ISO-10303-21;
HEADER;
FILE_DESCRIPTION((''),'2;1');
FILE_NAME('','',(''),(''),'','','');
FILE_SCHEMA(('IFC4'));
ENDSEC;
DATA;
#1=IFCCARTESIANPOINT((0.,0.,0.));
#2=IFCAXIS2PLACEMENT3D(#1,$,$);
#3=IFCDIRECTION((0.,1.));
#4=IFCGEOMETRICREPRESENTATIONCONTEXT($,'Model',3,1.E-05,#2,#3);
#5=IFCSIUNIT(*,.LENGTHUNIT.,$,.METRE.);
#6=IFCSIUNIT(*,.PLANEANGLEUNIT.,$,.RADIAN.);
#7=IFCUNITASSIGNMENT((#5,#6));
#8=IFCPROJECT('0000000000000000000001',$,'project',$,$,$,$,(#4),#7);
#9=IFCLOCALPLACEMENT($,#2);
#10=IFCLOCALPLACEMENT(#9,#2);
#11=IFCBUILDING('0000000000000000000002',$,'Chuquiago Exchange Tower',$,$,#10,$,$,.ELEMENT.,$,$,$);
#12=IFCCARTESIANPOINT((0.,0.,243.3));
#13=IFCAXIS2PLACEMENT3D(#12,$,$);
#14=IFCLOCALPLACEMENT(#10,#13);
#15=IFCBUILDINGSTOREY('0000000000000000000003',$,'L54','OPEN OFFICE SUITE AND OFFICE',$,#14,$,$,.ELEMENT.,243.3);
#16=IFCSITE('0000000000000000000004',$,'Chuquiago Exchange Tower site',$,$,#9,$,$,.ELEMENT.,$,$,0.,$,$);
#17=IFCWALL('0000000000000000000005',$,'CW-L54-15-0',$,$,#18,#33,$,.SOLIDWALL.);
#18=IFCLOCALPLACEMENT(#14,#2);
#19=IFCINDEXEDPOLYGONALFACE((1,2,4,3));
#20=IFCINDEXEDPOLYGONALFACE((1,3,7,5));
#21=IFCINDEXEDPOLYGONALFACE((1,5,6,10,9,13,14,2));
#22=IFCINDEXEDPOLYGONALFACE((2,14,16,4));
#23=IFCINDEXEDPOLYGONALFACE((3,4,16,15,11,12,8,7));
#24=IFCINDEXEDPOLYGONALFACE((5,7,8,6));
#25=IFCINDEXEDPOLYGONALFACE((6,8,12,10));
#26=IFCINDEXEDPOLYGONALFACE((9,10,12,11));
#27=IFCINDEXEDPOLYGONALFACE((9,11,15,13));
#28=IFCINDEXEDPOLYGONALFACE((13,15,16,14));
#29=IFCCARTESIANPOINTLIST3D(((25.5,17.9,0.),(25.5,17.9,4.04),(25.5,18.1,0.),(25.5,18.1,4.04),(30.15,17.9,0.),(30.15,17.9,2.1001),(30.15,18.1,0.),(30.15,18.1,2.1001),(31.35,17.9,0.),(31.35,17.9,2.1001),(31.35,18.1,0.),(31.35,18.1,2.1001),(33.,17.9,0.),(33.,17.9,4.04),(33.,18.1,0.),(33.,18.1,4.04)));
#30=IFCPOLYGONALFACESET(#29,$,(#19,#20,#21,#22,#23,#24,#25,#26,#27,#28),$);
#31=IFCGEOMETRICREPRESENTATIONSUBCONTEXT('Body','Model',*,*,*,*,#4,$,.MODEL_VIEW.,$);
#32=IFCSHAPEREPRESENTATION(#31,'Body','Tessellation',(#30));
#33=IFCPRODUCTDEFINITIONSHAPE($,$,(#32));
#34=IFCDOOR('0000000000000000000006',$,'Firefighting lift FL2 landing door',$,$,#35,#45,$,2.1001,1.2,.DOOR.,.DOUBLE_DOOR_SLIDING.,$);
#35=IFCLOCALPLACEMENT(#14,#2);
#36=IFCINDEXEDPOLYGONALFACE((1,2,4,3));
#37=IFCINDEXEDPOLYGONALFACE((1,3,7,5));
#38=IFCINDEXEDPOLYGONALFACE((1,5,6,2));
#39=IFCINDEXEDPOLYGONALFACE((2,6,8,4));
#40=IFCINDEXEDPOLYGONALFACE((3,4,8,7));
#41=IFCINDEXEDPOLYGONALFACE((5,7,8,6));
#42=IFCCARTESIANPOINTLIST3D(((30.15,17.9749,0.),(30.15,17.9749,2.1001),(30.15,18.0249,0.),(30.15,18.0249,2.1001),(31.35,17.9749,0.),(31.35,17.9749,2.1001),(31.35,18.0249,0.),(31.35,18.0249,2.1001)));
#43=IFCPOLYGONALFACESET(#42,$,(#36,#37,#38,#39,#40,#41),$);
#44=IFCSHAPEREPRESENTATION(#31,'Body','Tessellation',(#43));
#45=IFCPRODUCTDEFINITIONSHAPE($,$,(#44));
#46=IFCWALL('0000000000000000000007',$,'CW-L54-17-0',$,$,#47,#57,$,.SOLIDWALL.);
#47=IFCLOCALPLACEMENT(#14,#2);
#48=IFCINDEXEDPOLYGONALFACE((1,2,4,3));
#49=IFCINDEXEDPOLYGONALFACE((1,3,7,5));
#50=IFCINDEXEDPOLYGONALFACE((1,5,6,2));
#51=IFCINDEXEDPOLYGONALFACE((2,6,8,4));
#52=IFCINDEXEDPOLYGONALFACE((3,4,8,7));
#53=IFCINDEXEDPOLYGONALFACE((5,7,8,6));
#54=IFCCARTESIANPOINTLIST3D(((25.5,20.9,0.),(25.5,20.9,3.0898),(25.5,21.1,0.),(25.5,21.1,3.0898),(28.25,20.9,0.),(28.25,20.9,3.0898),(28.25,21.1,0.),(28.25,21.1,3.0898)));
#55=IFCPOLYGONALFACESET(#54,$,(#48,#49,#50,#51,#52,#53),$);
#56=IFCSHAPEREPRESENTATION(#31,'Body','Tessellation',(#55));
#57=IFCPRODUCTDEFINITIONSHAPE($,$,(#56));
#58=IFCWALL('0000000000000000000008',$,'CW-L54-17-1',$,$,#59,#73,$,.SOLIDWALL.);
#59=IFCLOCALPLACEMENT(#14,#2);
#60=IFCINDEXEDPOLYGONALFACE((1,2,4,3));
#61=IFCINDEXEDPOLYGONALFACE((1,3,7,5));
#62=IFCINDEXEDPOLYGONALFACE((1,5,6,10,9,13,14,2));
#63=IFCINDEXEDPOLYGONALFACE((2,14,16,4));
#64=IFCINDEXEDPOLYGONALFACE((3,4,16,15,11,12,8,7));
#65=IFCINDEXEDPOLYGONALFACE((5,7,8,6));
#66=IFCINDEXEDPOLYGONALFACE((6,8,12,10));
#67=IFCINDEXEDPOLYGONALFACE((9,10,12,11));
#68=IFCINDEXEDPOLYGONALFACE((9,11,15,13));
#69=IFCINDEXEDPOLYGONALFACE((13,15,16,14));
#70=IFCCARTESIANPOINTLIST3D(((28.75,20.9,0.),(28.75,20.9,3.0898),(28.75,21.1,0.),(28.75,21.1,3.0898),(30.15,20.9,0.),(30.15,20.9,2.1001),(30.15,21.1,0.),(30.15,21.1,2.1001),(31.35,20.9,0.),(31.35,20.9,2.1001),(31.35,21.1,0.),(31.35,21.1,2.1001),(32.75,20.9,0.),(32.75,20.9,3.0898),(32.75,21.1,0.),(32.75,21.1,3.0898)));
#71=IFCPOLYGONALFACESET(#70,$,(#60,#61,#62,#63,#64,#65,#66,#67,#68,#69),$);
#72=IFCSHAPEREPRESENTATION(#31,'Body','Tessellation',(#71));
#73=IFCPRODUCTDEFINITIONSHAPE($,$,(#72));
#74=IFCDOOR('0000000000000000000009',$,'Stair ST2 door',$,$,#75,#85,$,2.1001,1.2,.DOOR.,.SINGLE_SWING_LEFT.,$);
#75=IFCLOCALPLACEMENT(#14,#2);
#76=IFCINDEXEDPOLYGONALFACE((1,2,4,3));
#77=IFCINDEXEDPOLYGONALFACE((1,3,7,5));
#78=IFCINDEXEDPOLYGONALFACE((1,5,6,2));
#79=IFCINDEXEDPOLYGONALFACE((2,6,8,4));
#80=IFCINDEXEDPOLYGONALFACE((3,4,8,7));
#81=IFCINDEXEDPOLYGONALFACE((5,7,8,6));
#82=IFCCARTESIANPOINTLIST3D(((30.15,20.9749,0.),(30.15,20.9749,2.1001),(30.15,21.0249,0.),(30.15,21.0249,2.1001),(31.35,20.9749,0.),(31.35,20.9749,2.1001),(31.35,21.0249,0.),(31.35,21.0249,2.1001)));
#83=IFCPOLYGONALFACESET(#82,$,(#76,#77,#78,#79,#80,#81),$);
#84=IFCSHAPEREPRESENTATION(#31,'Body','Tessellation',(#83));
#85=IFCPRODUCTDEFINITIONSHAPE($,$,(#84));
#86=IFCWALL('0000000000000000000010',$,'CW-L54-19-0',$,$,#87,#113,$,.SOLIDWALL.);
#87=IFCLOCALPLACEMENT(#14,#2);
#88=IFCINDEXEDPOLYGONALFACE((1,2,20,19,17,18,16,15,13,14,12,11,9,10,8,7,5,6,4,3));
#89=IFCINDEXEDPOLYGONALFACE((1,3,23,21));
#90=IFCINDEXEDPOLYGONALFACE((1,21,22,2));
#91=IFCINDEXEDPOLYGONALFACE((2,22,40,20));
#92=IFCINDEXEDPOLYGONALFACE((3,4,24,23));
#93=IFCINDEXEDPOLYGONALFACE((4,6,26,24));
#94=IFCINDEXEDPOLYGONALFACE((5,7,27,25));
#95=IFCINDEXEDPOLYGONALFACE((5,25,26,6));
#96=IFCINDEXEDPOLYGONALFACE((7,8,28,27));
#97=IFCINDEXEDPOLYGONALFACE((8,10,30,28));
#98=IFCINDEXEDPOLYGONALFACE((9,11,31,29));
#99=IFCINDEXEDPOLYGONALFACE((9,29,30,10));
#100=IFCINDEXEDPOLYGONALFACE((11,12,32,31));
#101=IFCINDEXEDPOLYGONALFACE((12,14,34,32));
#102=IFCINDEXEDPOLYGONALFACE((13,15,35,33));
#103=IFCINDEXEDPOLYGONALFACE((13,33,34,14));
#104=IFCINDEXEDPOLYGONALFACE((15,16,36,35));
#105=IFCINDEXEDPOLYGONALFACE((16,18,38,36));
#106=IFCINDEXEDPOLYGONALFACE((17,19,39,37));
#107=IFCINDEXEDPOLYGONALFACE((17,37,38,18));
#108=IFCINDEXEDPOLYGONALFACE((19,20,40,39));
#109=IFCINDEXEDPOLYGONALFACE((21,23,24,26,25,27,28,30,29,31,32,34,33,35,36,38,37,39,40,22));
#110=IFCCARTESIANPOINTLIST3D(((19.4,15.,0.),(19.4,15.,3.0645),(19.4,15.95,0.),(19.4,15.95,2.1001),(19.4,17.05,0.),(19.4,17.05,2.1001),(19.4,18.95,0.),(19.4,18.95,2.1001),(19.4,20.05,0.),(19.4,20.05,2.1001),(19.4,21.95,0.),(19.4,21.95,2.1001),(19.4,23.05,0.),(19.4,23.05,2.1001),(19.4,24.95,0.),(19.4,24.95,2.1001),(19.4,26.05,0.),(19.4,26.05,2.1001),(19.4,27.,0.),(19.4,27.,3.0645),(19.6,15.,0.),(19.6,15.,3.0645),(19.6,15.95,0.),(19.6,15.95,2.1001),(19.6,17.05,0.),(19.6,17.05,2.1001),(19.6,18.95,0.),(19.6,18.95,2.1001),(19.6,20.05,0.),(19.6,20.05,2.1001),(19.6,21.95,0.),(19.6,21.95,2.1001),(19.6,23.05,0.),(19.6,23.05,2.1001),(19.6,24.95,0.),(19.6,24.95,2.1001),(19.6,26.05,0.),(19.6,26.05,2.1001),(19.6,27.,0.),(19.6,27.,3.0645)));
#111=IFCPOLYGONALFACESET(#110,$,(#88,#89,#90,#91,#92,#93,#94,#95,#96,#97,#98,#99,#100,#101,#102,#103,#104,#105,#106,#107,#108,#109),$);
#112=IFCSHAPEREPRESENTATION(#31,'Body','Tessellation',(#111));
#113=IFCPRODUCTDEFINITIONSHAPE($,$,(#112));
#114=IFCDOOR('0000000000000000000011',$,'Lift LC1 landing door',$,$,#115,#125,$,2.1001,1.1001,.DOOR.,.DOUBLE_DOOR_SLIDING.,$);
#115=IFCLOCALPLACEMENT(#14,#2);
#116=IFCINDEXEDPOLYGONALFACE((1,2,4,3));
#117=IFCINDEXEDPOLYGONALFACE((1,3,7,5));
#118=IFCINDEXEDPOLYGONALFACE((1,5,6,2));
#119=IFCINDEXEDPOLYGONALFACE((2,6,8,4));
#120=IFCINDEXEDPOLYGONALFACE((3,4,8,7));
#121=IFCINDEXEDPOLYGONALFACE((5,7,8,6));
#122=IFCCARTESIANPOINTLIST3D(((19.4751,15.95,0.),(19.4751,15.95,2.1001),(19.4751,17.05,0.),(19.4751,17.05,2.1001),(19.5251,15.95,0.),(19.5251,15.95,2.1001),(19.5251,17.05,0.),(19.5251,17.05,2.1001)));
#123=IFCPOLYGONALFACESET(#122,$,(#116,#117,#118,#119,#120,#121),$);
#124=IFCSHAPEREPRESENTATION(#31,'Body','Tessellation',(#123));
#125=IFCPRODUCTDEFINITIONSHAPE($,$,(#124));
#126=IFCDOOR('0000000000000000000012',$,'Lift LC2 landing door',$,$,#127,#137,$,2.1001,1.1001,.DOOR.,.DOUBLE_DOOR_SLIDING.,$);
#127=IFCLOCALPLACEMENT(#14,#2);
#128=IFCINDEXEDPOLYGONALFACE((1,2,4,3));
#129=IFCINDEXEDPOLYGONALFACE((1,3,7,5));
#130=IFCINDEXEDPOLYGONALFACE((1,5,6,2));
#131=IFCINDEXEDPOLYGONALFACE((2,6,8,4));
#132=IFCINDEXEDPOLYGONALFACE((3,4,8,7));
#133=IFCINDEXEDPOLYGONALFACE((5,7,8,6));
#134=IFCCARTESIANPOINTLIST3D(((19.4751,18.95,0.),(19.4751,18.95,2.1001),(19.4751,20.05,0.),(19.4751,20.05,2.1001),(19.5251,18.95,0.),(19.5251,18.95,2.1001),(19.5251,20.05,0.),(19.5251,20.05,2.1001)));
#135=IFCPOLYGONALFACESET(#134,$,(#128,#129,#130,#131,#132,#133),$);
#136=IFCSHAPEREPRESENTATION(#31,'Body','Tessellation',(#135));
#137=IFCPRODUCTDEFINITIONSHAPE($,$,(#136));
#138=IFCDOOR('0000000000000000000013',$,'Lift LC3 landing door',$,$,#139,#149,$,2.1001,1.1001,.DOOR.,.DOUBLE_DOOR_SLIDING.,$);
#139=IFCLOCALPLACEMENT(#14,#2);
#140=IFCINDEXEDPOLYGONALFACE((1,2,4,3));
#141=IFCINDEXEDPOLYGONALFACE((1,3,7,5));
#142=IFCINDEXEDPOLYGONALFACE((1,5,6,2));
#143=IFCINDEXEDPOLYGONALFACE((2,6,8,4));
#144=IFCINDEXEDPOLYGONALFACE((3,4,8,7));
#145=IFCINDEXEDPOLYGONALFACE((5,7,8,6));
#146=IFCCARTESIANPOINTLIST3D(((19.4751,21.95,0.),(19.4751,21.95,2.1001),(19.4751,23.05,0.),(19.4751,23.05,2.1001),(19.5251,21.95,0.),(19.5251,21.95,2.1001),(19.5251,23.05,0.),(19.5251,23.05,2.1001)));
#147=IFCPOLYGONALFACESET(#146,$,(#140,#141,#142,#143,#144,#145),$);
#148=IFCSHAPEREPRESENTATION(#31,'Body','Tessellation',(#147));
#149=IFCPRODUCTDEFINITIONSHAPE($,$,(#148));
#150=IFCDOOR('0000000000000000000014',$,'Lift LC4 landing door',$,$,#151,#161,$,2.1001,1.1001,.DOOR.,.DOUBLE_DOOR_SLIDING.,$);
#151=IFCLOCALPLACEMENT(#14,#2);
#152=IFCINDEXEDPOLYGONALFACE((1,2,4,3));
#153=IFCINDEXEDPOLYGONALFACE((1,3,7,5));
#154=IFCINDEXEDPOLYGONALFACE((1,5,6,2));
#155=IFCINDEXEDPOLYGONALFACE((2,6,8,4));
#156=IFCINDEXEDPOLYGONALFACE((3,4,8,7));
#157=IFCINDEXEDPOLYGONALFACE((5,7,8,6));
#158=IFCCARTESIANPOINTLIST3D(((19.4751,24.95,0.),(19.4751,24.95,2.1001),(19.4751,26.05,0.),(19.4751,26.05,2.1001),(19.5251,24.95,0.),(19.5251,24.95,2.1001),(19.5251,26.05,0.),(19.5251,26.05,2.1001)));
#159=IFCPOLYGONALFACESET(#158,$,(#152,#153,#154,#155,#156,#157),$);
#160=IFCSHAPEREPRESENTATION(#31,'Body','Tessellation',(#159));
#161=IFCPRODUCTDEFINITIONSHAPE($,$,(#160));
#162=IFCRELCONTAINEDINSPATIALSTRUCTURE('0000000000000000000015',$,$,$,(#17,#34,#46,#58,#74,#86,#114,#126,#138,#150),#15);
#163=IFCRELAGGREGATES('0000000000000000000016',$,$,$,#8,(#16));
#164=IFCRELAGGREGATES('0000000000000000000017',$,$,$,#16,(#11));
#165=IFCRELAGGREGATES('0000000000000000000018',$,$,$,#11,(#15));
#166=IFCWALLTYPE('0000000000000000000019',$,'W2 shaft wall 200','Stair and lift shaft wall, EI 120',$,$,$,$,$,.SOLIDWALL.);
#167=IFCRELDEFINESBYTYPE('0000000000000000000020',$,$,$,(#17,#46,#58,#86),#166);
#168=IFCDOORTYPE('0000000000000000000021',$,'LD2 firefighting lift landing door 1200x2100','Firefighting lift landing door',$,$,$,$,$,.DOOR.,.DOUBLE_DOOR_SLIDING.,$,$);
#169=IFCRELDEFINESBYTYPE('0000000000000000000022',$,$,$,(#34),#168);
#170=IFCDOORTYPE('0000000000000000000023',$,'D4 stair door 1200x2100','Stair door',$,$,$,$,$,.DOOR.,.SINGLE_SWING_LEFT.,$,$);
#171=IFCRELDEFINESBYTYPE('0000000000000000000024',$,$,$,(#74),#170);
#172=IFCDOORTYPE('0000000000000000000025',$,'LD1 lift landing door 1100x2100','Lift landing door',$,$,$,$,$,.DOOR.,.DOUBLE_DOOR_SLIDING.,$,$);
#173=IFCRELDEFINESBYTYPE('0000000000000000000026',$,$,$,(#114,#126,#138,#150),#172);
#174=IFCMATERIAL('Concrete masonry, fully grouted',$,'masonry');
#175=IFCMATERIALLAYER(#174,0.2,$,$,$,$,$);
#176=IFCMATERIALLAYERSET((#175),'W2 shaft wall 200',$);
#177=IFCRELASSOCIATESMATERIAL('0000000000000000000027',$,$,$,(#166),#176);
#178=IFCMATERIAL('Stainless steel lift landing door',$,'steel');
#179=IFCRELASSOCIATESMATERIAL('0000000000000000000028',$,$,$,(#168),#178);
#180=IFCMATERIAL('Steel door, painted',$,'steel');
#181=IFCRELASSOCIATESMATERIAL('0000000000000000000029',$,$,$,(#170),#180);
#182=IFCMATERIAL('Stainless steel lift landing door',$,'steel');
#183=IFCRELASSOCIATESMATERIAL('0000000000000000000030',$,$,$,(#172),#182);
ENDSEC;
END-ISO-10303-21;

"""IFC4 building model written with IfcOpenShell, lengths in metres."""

from ifc_helpers import new_model, si_unit, direction, frame, frame_2d, origin, place, context, subcontext, project, spatial, rectangle, extrude, material, layer, layer_set, type_object, element, fill, save


model = new_model("IFC4")

# Units and contexts
model_context = context("Model", 3, precision=1e-05, world=origin(), true_north=direction((0.0, 1.0)))
body_context = subcontext(model_context, "Body", "Model", "MODEL_VIEW")
ifc_project = project(units=[si_unit("LENGTHUNIT", "METRE"), si_unit("PLANEANGLEUNIT", "RADIAN")], contexts=[model_context])

# Site, building, storey
site_placement = place(None, origin())
site = spatial("IfcSite", under=ifc_project, at=site_placement, Name="Chuquiago Exchange Tower site", CompositionType="ELEMENT", RefElevation=0.0)
building_placement = place(site_placement, origin())
building = spatial("IfcBuilding", under=site, at=building_placement, Name="Chuquiago Exchange Tower", CompositionType="ELEMENT")
storey_placement = place(building_placement, frame((0.0, 0.0, 243.3)))
storey = spatial("IfcBuildingStorey", under=building, at=storey_placement, Name="L54", Description="OPEN OFFICE SUITE AND OFFICE", CompositionType="ELEMENT", Elevation=243.3)

# Shared definitions
ifc_material_1 = material(Name="Concrete masonry, fully grouted", Category="masonry")
ifc_layer_1 = layer(ifc_material_1, 0.2)
ifc_layer_set_1 = layer_set([ifc_layer_1], Name="W2 shaft wall 200")
wall_type_1 = type_object("IfcWallType", Name="W2 shaft wall 200", Description="Stair and lift shaft wall, EI 120", PredefinedType="SOLIDWALL", material=ifc_layer_set_1)

# Wall, opening, door
wall_1_placement = place(storey_placement, frame((25.5, 18.0, 0.0), z_axis=(0.0, 0.0, 1.0), x_axis=(1.0, 0.0, 0.0)))
wall_1 = element("IfcWall", 1, at=wall_1_placement, inside=storey, type_object=wall_type_1, Name="CW-L54-15-0", PredefinedType="SOLIDWALL", context=body_context, shape_type="SweptSolid", body=[
    extrude(rectangle(XDim=7.5, YDim=0.2, at=frame_2d((3.75, 0.0))), origin(), (0.0, 0.0, 1.0), 4.04),
])
opening_1_placement = place(wall_1_placement, frame((4.6499, 0.0, 0.0)))
opening_1 = element("IfcOpeningElement", 2, at=opening_1_placement, cuts=wall_1, PredefinedType="OPENING", context=body_context, shape_type="SweptSolid", body=[
    extrude(rectangle(XDim=1.2, YDim=2.1001, at=frame_2d((0.6001, 1.05))), frame((0.0, 0.1099, 0.0), z_axis=(0.0, -1.0, 0.0), x_axis=(1.0, 0.0, 0.0)), (0.0, 0.0, 1.0), 0.22),
])
ifc_material_2 = material(Name="Stainless steel lift landing door", Category="steel")
door_type_1 = type_object("IfcDoorType", Name="LD2 firefighting lift landing door 1200x2100", Description="Firefighting lift landing door", OperationType="DOUBLE_DOOR_SLIDING", PredefinedType="DOOR", material=ifc_material_2)
door_1_placement = place(opening_1_placement, origin())
door_1 = element("IfcDoor", 3, at=door_1_placement, inside=storey, type_object=door_type_1, Name="Firefighting lift FL2 landing door", OperationType="DOUBLE_DOOR_SLIDING", OverallHeight=2.1001, OverallWidth=1.2, PredefinedType="DOOR", context=body_context, shape_type="SweptSolid", body=[
    extrude(rectangle(XDim=1.2, YDim=2.1001, at=frame_2d((0.6001, 1.05))), frame((0.0, 0.0249, 0.0), z_axis=(0.0, -1.0, 0.0), x_axis=(1.0, 0.0, 0.0)), (0.0, 0.0, 1.0), 0.05),
])
fill(opening_1, door_1)

# Wall
wall_2_placement = place(storey_placement, frame((25.5, 21.0, 0.0), z_axis=(0.0, 0.0, 1.0), x_axis=(1.0, 0.0, 0.0)))
element("IfcWall", 4, at=wall_2_placement, inside=storey, type_object=wall_type_1, Name="CW-L54-17-0", PredefinedType="SOLIDWALL", context=body_context, shape_type="SweptSolid", body=[
    extrude(rectangle(XDim=2.75, YDim=0.2, at=frame_2d((1.375, 0.0))), origin(), (0.0, 0.0, 1.0), 3.0898),
])

# Wall, opening, door
wall_3_placement = place(storey_placement, frame((28.75, 21.0, 0.0), z_axis=(0.0, 0.0, 1.0), x_axis=(1.0, 0.0, 0.0)))
wall_3 = element("IfcWall", 5, at=wall_3_placement, inside=storey, type_object=wall_type_1, Name="CW-L54-17-1", PredefinedType="SOLIDWALL", context=body_context, shape_type="SweptSolid", body=[
    extrude(rectangle(XDim=4.0, YDim=0.2, at=frame_2d((2.0, 0.0))), origin(), (0.0, 0.0, 1.0), 3.0898),
])
opening_2_placement = place(wall_3_placement, frame((1.3999, 0.0, 0.0)))
opening_2 = element("IfcOpeningElement", 6, at=opening_2_placement, cuts=wall_3, PredefinedType="OPENING", context=body_context, shape_type="SweptSolid", body=[
    extrude(rectangle(XDim=1.2, YDim=2.1001, at=frame_2d((0.6001, 1.05))), frame((0.0, 0.1099, 0.0), z_axis=(0.0, -1.0, 0.0), x_axis=(1.0, 0.0, 0.0)), (0.0, 0.0, 1.0), 0.22),
])
ifc_material_3 = material(Name="Steel door, painted", Category="steel")
door_type_2 = type_object("IfcDoorType", Name="D4 stair door 1200x2100", Description="Stair door", OperationType="SINGLE_SWING_LEFT", PredefinedType="DOOR", material=ifc_material_3)
door_2_placement = place(opening_2_placement, origin())
door_2 = element("IfcDoor", 7, at=door_2_placement, inside=storey, type_object=door_type_2, Name="Stair ST2 door", OperationType="SINGLE_SWING_LEFT", OverallHeight=2.1001, OverallWidth=1.2, PredefinedType="DOOR", context=body_context, shape_type="SweptSolid", body=[
    extrude(rectangle(XDim=1.2, YDim=2.1001, at=frame_2d((0.6001, 1.05))), frame((0.0, 0.0249, 0.0), z_axis=(0.0, -1.0, 0.0), x_axis=(1.0, 0.0, 0.0)), (0.0, 0.0, 1.0), 0.05),
])
fill(opening_2, door_2)

# Wall, openings, doors
wall_4_placement = place(storey_placement, frame((19.5, 15.0, 0.0), z_axis=(0.0, 0.0, 1.0), x_axis=(0.0, 1.0, 0.0)))
wall_4 = element("IfcWall", 8, at=wall_4_placement, inside=storey, type_object=wall_type_1, Name="CW-L54-19-0", PredefinedType="SOLIDWALL", context=body_context, shape_type="SweptSolid", body=[
    extrude(rectangle(XDim=12.0, YDim=0.2, at=frame_2d((6.0, 0.0))), origin(), (0.0, 0.0, 1.0), 3.0645),
])
opening_3_placement = place(wall_4_placement, frame((0.95, 0.0, 0.0)))
opening_3 = element("IfcOpeningElement", 9, at=opening_3_placement, cuts=wall_4, PredefinedType="OPENING", context=body_context, shape_type="SweptSolid", body=[
    extrude(rectangle(XDim=1.1001, YDim=2.1001, at=frame_2d((0.55, 1.05))), frame((0.0, 0.1099, 0.0), z_axis=(0.0, -1.0, 0.0), x_axis=(1.0, 0.0, 0.0)), (0.0, 0.0, 1.0), 0.22),
])
opening_4_placement = place(wall_4_placement, frame((3.95, 0.0, 0.0)))
opening_4 = element("IfcOpeningElement", 10, at=opening_4_placement, cuts=wall_4, PredefinedType="OPENING", context=body_context, shape_type="SweptSolid", body=[
    extrude(rectangle(XDim=1.1001, YDim=2.1001, at=frame_2d((0.55, 1.05))), frame((0.0, 0.1099, 0.0), z_axis=(0.0, -1.0, 0.0), x_axis=(1.0, 0.0, 0.0)), (0.0, 0.0, 1.0), 0.22),
])
opening_5_placement = place(wall_4_placement, frame((6.95, 0.0, 0.0)))
opening_5 = element("IfcOpeningElement", 11, at=opening_5_placement, cuts=wall_4, PredefinedType="OPENING", context=body_context, shape_type="SweptSolid", body=[
    extrude(rectangle(XDim=1.1001, YDim=2.1001, at=frame_2d((0.55, 1.05))), frame((0.0, 0.1099, 0.0), z_axis=(0.0, -1.0, 0.0), x_axis=(1.0, 0.0, 0.0)), (0.0, 0.0, 1.0), 0.22),
])
opening_6_placement = place(wall_4_placement, frame((9.95, 0.0, 0.0)))
opening_6 = element("IfcOpeningElement", 12, at=opening_6_placement, cuts=wall_4, PredefinedType="OPENING", context=body_context, shape_type="SweptSolid", body=[
    extrude(rectangle(XDim=1.1001, YDim=2.1001, at=frame_2d((0.55, 1.05))), frame((0.0, 0.1099, 0.0), z_axis=(0.0, -1.0, 0.0), x_axis=(1.0, 0.0, 0.0)), (0.0, 0.0, 1.0), 0.22),
])
ifc_material_4 = material(Name="Stainless steel lift landing door", Category="steel")
door_type_3 = type_object("IfcDoorType", Name="LD1 lift landing door 1100x2100", Description="Lift landing door", OperationType="DOUBLE_DOOR_SLIDING", PredefinedType="DOOR", material=ifc_material_4)
door_3_placement = place(opening_3_placement, origin())
door_3 = element("IfcDoor", 13, at=door_3_placement, inside=storey, type_object=door_type_3, Name="Lift LC1 landing door", OperationType="DOUBLE_DOOR_SLIDING", OverallHeight=2.1001, OverallWidth=1.1001, PredefinedType="DOOR", context=body_context, shape_type="SweptSolid", body=[
    extrude(rectangle(XDim=1.1001, YDim=2.1001, at=frame_2d((0.55, 1.05))), frame((0.0, 0.0249, 0.0), z_axis=(0.0, -1.0, 0.0), x_axis=(1.0, 0.0, 0.0)), (0.0, 0.0, 1.0), 0.05),
])
fill(opening_3, door_3)
door_4_placement = place(opening_4_placement, origin())
door_4 = element("IfcDoor", 14, at=door_4_placement, inside=storey, type_object=door_type_3, Name="Lift LC2 landing door", OperationType="DOUBLE_DOOR_SLIDING", OverallHeight=2.1001, OverallWidth=1.1001, PredefinedType="DOOR", context=body_context, shape_type="SweptSolid", body=[
    extrude(rectangle(XDim=1.1001, YDim=2.1001, at=frame_2d((0.55, 1.05))), frame((0.0, 0.0249, 0.0), z_axis=(0.0, -1.0, 0.0), x_axis=(1.0, 0.0, 0.0)), (0.0, 0.0, 1.0), 0.05),
])
fill(opening_4, door_4)
door_5_placement = place(opening_5_placement, origin())
door_5 = element("IfcDoor", 15, at=door_5_placement, inside=storey, type_object=door_type_3, Name="Lift LC3 landing door", OperationType="DOUBLE_DOOR_SLIDING", OverallHeight=2.1001, OverallWidth=1.1001, PredefinedType="DOOR", context=body_context, shape_type="SweptSolid", body=[
    extrude(rectangle(XDim=1.1001, YDim=2.1001, at=frame_2d((0.55, 1.05))), frame((0.0, 0.0249, 0.0), z_axis=(0.0, -1.0, 0.0), x_axis=(1.0, 0.0, 0.0)), (0.0, 0.0, 1.0), 0.05),
])
fill(opening_5, door_5)
door_6_placement = place(opening_6_placement, origin())
door_6 = element("IfcDoor", 16, at=door_6_placement, inside=storey, type_object=door_type_3, Name="Lift LC4 landing door", OperationType="DOUBLE_DOOR_SLIDING", OverallHeight=2.1001, OverallWidth=1.1001, PredefinedType="DOOR", context=body_context, shape_type="SweptSolid", body=[
    extrude(rectangle(XDim=1.1001, YDim=2.1001, at=frame_2d((0.55, 1.05))), frame((0.0, 0.0249, 0.0), z_axis=(0.0, -1.0, 0.0), x_axis=(1.0, 0.0, 0.0)), (0.0, 0.0, 1.0), 0.05),
])
fill(opening_6, door_6)

save(model, "model.ifc")
